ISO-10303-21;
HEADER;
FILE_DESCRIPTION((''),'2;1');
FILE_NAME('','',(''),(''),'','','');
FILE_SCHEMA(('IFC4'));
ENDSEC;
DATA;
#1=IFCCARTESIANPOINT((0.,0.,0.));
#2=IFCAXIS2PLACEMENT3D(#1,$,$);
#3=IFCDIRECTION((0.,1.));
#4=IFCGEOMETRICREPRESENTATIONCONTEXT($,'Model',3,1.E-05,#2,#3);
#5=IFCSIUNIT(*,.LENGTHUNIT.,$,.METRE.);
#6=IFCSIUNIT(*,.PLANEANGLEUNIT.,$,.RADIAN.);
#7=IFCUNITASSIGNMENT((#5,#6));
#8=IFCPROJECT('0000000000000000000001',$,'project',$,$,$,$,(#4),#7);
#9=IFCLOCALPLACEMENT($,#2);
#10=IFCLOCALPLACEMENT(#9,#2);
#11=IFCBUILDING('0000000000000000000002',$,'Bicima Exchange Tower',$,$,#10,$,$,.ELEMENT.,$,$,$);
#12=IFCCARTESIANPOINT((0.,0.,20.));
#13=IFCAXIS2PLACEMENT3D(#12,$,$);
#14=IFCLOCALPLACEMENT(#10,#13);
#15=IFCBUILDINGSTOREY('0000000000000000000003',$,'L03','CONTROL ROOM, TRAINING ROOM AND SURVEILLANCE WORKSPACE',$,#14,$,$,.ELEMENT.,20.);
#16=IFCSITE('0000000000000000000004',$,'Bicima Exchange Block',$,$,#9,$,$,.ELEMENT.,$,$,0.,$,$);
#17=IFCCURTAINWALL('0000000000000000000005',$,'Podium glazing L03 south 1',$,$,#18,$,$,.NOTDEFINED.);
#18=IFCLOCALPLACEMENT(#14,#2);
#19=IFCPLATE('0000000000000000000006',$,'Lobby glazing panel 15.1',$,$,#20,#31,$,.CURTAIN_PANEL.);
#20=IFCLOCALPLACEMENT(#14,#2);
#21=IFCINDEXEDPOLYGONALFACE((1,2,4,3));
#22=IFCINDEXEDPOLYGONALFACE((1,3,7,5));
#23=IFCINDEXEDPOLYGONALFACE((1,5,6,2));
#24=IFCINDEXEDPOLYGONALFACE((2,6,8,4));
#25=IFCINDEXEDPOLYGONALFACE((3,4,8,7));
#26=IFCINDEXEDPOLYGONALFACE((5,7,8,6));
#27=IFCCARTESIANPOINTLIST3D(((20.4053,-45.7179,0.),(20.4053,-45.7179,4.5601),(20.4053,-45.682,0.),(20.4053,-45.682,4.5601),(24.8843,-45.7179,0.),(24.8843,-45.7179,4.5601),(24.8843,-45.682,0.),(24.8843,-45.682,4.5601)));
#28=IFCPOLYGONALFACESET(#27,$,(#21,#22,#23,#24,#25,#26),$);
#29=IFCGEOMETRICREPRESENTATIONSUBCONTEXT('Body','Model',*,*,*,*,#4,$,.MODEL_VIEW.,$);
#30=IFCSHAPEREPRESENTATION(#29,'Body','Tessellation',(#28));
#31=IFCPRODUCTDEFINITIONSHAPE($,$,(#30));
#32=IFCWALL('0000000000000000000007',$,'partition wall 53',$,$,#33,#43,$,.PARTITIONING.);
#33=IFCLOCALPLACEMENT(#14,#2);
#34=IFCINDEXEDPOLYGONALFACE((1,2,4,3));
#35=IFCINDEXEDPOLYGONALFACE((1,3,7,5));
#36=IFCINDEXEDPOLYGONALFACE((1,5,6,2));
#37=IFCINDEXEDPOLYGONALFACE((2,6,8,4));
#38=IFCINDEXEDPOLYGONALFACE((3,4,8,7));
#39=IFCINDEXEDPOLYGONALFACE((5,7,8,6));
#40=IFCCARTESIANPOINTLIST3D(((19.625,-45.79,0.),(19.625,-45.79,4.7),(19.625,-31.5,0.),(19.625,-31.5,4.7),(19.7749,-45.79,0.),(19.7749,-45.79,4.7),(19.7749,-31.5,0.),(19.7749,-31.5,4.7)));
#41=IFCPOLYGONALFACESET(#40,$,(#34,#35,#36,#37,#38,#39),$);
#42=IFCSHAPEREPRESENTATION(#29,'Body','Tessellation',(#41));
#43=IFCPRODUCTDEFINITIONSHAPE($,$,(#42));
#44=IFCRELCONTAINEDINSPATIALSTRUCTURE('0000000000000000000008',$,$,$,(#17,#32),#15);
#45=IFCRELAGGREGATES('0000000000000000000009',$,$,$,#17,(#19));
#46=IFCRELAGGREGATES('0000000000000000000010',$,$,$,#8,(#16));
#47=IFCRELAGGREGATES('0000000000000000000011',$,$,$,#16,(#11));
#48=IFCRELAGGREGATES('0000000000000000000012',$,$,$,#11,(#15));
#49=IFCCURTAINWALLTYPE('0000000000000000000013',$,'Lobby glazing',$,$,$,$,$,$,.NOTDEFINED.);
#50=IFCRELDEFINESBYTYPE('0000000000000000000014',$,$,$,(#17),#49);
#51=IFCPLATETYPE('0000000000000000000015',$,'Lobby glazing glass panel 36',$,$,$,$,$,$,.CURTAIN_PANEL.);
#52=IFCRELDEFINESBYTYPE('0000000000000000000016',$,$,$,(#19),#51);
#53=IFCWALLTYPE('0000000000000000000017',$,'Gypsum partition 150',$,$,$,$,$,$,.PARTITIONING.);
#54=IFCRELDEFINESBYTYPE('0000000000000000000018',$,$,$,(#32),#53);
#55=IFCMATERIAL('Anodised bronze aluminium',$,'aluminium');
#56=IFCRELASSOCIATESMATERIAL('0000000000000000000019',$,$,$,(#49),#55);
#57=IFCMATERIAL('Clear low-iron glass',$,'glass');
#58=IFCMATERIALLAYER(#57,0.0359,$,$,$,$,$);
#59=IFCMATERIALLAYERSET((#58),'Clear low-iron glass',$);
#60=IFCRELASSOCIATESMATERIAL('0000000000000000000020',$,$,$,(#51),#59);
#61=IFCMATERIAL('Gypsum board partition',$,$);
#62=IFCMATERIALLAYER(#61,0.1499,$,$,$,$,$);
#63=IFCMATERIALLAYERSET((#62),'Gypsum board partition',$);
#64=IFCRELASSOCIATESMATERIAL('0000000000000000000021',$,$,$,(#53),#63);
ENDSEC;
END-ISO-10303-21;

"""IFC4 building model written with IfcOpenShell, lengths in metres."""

from ifc_helpers import new_model, si_unit, direction, frame, frame_2d, origin, origin_2d, place, context, subcontext, project, spatial, rectangle, extrude, material, layer, layer_set, type_object, element, aggregate, save


model = new_model("IFC4")

# Units and contexts
model_context = context("Model", 3, precision=1e-05, world=origin(), true_north=direction((0.0, 1.0)))
body_context = subcontext(model_context, "Body", "Model", "MODEL_VIEW")
ifc_project = project(units=[si_unit("LENGTHUNIT", "METRE"), si_unit("PLANEANGLEUNIT", "RADIAN")], contexts=[model_context])

# Site, building, storey
site_placement = place(None, origin())
site = spatial("IfcSite", under=ifc_project, at=site_placement, Name="Bicima Exchange Block", CompositionType="ELEMENT", RefElevation=0.0)
building_placement = place(site_placement, origin())
building = spatial("IfcBuilding", under=site, at=building_placement, Name="Bicima Exchange Tower", CompositionType="ELEMENT")
storey_placement = place(building_placement, frame((0.0, 0.0, 20.0)))
storey = spatial("IfcBuildingStorey", under=building, at=storey_placement, Name="L03", Description="CONTROL ROOM, TRAINING ROOM AND SURVEILLANCE WORKSPACE", CompositionType="ELEMENT", Elevation=20.0)

# Curtain wall
ifc_material_1 = material(Name="Anodised bronze aluminium", Category="aluminium")
curtain_wall_type = type_object("IfcCurtainWallType", Name="Lobby glazing", PredefinedType="NOTDEFINED", material=ifc_material_1)
curtain_wall_placement = place(storey_placement, origin())
curtain_wall = element("IfcCurtainWall", 1, at=curtain_wall_placement, inside=storey, type_object=curtain_wall_type, Name="Podium glazing L03 south 1", PredefinedType="NOTDEFINED")

# Plate
ifc_material_2 = material(Name="Clear low-iron glass", Category="glass")
ifc_layer_1 = layer(ifc_material_2, 0.0359)
ifc_layer_set_1 = layer_set([ifc_layer_1], Name="Clear low-iron glass")
plate_type = type_object("IfcPlateType", Name="Lobby glazing glass panel 36", PredefinedType="CURTAIN_PANEL", material=ifc_layer_set_1)
plate_1_placement = place(storey_placement, frame((22.6448, -45.7, 0.0), z_axis=(0.0, 0.0, 1.0), x_axis=(1.0, 0.0, 0.0)))
plate_1 = element("IfcPlate", 2, at=plate_1_placement, type_object=plate_type, Name="Lobby glazing panel 15.1", PredefinedType="CURTAIN_PANEL", context=body_context, shape_type="SweptSolid", body=[
    extrude(rectangle(XDim=4.479, YDim=0.0359, at=origin_2d()), origin(), (0.0, 0.0, 1.0), 4.5601),
])
aggregate(curtain_wall, [plate_1])

# Wall
ifc_material_3 = material(Name="Gypsum board partition")
ifc_layer_2 = layer(ifc_material_3, 0.1499)
ifc_layer_set_2 = layer_set([ifc_layer_2], Name="Gypsum board partition")
wall_type = type_object("IfcWallType", Name="Gypsum partition 150", PredefinedType="PARTITIONING", material=ifc_layer_set_2)
wall_placement = place(storey_placement, frame((19.7, -45.79, 0.0), z_axis=(0.0, 0.0, 1.0), x_axis=(0.0, 1.0, 0.0)))
element("IfcWall", 3, at=wall_placement, inside=storey, type_object=wall_type, Name="partition wall 53", PredefinedType="PARTITIONING", context=body_context, shape_type="SweptSolid", body=[
    extrude(rectangle(XDim=14.29, YDim=0.1499, at=frame_2d((7.145, 0.0))), origin(), (0.0, 0.0, 1.0), 4.7),
])

save(model, "model.ifc")
